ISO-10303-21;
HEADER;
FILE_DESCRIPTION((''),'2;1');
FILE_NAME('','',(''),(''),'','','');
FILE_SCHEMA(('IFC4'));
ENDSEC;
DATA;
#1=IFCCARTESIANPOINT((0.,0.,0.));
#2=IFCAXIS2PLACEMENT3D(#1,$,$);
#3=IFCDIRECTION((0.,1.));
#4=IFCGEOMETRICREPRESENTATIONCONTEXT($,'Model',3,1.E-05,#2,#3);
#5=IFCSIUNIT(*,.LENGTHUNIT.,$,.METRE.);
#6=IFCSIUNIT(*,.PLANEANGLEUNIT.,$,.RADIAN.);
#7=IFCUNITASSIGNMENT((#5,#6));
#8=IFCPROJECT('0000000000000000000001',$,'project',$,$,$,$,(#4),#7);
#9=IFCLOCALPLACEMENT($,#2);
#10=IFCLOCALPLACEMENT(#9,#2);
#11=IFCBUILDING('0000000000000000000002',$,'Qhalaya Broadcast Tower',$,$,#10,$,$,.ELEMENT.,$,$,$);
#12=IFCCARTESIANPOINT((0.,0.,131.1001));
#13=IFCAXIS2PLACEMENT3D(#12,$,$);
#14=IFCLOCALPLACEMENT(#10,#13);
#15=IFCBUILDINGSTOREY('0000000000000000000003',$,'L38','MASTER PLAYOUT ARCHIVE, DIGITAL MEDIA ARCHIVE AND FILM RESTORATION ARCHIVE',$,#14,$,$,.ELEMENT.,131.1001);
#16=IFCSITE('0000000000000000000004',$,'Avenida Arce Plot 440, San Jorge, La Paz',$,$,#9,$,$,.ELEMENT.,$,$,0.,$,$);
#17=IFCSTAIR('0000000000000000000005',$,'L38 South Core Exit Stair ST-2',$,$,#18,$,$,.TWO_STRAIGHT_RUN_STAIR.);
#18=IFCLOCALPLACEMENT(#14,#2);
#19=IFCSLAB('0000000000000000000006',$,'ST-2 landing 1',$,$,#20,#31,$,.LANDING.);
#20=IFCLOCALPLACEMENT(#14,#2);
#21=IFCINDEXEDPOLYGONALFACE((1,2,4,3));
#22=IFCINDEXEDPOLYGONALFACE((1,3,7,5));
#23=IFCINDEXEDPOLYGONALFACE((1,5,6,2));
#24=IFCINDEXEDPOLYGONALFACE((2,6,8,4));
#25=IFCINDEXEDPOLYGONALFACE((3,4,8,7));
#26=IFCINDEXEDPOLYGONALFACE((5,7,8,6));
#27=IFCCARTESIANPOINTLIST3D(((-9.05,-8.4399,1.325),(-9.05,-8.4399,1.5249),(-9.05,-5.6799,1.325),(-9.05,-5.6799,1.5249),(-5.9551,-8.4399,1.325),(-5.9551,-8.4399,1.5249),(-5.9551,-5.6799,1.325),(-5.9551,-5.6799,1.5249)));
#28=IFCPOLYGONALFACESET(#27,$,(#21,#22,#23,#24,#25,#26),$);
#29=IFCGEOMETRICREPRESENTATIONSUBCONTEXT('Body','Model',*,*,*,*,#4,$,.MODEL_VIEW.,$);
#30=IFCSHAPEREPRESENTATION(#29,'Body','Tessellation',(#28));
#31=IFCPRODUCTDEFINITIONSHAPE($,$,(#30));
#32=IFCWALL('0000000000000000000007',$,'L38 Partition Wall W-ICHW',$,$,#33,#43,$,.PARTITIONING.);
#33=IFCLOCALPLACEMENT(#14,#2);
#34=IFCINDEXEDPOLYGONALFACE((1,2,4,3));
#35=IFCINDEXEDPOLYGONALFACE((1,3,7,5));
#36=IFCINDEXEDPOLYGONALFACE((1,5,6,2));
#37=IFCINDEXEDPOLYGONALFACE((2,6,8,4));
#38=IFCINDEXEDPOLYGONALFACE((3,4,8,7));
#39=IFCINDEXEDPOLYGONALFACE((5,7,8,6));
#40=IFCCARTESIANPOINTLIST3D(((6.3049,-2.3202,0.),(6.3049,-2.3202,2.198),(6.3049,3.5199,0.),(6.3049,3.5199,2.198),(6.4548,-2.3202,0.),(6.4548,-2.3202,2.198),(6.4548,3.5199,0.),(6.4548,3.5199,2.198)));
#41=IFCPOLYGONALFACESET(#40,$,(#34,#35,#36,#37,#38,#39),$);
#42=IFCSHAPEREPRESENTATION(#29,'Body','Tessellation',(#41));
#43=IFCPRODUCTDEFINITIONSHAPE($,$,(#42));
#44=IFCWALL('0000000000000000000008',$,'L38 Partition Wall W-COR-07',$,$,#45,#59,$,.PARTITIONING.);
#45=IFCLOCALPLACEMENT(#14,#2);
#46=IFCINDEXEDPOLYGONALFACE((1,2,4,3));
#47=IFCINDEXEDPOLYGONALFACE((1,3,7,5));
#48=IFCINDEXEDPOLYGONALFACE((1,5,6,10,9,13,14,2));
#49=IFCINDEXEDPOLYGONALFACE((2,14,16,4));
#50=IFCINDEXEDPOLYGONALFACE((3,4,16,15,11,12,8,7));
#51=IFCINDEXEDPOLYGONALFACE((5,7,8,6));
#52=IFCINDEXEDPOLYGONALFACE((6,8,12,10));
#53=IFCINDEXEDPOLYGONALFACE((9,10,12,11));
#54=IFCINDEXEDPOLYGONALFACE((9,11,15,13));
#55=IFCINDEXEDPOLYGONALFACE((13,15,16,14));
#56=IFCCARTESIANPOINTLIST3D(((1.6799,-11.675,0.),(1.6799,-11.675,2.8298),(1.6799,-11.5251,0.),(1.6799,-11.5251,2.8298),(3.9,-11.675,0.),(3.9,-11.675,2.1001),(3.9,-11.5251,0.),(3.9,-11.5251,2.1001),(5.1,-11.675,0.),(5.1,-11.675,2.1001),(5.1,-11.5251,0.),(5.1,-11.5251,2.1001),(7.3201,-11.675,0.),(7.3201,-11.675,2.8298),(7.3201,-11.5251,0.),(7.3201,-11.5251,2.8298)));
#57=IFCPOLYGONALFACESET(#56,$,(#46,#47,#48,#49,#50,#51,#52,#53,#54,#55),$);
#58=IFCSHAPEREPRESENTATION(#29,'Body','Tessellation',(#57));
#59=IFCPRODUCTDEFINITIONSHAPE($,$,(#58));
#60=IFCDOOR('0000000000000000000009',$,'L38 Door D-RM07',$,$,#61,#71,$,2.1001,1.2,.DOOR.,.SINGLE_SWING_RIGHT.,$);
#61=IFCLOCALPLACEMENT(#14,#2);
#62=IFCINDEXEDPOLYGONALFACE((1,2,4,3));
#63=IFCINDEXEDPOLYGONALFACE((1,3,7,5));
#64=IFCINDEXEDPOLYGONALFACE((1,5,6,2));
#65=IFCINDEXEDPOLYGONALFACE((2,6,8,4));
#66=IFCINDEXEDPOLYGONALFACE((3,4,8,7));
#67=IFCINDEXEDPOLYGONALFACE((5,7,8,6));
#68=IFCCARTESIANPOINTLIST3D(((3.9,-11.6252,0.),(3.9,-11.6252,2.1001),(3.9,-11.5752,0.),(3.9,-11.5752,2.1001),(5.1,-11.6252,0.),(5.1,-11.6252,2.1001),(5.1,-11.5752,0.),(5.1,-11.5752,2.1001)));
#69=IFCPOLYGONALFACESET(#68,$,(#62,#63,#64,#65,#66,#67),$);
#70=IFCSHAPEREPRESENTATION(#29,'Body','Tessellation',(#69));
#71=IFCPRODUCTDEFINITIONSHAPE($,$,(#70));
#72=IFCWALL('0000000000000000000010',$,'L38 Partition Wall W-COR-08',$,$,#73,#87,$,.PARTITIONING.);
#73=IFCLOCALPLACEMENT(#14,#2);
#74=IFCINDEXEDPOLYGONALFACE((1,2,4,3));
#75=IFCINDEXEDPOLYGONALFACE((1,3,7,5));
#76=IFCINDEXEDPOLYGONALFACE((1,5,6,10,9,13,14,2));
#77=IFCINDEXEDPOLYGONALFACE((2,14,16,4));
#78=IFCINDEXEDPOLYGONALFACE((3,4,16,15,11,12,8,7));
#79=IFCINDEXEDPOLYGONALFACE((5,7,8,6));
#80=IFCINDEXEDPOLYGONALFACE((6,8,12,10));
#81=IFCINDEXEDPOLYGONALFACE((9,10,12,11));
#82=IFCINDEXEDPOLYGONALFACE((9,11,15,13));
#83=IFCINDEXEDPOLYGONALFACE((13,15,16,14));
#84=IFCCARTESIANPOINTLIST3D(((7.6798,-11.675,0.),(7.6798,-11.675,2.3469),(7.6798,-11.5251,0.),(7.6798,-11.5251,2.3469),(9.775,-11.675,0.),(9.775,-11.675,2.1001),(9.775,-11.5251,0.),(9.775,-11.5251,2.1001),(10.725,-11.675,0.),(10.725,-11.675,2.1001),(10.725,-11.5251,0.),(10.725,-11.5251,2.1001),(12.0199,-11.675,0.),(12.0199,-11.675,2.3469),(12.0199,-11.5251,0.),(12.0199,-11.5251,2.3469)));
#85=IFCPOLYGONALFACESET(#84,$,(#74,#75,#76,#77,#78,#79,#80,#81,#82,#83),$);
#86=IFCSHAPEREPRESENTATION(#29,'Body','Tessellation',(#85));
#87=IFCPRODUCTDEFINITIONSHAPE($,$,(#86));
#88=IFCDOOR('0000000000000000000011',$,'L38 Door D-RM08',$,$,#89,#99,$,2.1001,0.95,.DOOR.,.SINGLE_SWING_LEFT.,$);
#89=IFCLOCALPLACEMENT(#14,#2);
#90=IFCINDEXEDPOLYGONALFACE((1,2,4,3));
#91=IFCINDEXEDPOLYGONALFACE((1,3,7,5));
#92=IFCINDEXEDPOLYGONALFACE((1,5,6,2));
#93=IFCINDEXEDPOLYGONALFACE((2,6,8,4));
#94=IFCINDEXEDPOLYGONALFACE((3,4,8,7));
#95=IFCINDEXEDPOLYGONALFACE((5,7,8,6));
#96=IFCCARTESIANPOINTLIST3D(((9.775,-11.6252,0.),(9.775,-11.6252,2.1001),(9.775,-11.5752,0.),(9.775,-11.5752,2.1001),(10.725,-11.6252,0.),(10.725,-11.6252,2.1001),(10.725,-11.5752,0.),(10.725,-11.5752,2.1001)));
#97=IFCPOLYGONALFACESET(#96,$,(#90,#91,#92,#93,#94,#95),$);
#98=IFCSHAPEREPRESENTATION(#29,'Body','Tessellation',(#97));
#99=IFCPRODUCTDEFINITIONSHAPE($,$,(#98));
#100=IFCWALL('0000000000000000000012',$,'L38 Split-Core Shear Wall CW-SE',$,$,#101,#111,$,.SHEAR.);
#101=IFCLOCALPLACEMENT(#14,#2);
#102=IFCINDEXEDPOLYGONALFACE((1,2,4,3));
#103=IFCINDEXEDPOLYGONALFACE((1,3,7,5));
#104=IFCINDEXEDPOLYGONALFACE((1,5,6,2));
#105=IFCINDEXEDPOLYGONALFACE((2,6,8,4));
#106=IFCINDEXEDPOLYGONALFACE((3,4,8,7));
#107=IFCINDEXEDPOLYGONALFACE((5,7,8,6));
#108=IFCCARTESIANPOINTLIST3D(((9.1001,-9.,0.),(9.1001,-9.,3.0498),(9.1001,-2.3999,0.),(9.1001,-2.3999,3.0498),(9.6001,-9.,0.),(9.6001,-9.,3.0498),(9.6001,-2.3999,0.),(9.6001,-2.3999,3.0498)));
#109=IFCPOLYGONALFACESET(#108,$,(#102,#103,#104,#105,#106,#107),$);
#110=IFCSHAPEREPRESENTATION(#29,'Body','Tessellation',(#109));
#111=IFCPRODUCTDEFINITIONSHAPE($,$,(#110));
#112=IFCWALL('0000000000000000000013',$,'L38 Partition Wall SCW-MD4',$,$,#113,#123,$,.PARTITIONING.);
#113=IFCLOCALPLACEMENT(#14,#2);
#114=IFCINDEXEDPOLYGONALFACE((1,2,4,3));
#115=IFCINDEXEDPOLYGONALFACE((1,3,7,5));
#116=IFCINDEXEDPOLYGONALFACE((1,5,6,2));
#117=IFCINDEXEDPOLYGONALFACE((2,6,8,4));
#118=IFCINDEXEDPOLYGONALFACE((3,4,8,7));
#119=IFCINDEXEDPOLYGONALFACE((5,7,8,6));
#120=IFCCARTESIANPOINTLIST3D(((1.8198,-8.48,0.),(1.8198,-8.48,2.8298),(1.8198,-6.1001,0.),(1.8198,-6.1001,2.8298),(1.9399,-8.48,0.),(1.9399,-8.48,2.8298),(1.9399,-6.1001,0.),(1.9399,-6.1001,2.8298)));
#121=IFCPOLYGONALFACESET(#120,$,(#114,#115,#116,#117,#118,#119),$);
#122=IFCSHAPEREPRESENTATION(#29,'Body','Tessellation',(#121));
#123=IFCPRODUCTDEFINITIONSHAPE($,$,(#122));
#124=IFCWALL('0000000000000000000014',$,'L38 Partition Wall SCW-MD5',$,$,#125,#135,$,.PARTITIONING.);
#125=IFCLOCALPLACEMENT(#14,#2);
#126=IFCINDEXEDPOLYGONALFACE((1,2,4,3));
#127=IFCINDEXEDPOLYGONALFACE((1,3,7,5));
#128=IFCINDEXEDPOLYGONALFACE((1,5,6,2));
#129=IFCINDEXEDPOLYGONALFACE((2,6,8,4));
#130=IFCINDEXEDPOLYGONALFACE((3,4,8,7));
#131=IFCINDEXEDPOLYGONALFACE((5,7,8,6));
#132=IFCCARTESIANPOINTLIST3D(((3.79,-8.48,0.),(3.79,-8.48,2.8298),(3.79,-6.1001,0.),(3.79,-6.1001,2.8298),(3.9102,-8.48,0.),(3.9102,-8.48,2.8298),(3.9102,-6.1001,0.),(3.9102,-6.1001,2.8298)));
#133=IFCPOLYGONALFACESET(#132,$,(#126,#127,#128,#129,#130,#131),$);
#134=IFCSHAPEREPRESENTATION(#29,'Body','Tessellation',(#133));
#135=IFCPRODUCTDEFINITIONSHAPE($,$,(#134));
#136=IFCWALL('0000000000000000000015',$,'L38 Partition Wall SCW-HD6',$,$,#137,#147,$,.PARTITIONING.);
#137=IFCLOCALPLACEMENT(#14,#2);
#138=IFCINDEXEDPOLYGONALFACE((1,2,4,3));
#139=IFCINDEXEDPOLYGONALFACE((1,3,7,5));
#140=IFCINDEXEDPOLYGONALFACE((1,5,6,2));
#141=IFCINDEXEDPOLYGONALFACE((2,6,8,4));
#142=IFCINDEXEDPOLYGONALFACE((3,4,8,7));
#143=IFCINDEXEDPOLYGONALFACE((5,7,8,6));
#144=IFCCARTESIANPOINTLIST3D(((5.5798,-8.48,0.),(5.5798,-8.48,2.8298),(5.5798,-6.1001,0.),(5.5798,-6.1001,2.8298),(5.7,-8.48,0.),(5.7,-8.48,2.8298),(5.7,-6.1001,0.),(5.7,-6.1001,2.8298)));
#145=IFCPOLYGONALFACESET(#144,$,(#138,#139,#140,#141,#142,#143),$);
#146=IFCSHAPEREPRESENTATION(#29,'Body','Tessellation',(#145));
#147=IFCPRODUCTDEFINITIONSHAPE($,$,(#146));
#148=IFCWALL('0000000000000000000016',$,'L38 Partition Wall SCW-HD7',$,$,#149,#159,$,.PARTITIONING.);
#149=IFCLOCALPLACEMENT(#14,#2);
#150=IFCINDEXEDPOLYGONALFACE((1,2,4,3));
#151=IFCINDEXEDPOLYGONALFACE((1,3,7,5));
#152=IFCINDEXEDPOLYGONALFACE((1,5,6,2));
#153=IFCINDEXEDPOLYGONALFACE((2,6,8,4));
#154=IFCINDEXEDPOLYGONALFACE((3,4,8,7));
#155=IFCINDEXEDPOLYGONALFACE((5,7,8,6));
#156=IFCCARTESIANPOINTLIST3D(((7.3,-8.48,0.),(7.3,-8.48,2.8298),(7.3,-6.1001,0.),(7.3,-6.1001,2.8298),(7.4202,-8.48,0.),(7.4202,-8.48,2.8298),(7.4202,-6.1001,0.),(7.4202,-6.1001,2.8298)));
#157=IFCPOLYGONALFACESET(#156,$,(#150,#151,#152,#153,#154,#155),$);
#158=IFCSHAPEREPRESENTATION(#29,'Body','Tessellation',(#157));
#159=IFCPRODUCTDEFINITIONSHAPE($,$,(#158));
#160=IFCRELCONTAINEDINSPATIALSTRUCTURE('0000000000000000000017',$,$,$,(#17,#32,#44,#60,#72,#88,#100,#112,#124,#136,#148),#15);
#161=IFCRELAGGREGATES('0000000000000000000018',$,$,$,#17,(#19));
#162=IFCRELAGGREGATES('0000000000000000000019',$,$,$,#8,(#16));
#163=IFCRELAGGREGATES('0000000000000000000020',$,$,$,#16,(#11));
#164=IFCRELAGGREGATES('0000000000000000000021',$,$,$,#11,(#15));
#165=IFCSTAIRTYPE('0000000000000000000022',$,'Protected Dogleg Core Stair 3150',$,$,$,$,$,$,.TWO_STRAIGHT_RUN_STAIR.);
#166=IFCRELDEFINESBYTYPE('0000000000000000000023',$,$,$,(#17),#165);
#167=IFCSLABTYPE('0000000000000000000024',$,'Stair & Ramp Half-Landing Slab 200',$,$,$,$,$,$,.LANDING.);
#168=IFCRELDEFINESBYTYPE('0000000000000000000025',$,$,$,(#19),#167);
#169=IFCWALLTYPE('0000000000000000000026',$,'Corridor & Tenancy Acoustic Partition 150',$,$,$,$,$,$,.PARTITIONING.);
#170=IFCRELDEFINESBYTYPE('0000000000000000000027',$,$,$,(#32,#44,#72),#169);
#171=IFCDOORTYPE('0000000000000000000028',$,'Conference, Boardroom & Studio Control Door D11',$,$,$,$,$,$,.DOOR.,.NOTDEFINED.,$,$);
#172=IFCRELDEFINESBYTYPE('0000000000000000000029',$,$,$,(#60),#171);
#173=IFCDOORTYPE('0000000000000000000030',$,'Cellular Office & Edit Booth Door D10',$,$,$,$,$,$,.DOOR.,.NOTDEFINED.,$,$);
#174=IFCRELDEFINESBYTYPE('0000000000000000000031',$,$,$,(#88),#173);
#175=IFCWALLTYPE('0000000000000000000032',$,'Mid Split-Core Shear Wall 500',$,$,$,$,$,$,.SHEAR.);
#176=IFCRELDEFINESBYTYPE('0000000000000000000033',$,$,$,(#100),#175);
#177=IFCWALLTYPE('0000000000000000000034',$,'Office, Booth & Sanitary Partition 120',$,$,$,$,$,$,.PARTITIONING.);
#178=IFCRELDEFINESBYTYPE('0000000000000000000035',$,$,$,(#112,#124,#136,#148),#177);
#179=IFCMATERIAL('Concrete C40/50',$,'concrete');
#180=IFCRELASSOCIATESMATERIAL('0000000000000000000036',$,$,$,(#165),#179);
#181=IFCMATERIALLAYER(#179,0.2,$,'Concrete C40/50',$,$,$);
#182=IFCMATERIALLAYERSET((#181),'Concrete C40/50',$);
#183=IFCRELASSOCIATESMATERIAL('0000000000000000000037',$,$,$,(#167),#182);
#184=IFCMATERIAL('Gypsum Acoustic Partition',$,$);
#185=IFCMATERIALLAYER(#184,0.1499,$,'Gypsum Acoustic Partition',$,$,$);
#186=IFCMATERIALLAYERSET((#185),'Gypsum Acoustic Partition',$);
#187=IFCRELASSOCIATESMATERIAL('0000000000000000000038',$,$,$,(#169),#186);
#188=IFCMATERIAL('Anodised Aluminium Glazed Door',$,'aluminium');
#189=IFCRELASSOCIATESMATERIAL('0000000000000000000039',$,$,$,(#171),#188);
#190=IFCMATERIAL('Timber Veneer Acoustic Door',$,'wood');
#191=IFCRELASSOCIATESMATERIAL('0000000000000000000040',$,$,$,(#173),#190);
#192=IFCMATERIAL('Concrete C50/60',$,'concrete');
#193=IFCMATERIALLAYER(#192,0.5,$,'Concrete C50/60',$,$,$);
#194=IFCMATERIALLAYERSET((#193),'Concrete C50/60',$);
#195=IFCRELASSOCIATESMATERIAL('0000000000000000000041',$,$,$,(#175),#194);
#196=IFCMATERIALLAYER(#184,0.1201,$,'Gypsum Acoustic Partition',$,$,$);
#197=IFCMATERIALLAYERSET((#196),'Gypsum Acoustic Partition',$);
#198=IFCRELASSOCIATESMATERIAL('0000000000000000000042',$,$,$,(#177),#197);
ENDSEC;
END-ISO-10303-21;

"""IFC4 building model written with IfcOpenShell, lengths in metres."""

from ifc_helpers import new_model, si_unit, direction, frame, frame_2d, origin, place, context, subcontext, project, spatial, polyline, rectangle, outline, extrude, material, layer, layer_set, type_object, element, fill, aggregate, save


model = new_model("IFC4")

# Units and contexts
model_context = context("Model", 3, precision=1e-05, world=origin(), true_north=direction((0.0, 1.0)))
body_context = subcontext(model_context, "Body", "Model", "MODEL_VIEW")
ifc_project = project(units=[si_unit("LENGTHUNIT", "METRE"), si_unit("PLANEANGLEUNIT", "RADIAN")], contexts=[model_context])

# Site, building, storey
site_placement = place(None, origin())
site = spatial("IfcSite", under=ifc_project, at=site_placement, Name="Avenida Arce Plot 440, San Jorge, La Paz", CompositionType="ELEMENT", RefElevation=0.0)
building_placement = place(site_placement, origin())
building = spatial("IfcBuilding", under=site, at=building_placement, Name="Qhalaya Broadcast Tower", CompositionType="ELEMENT")
storey_placement = place(building_placement, frame((0.0, 0.0, 131.1001)))
storey = spatial("IfcBuildingStorey", under=building, at=storey_placement, Name="L38", Description="MASTER PLAYOUT ARCHIVE, DIGITAL MEDIA ARCHIVE AND FILM RESTORATION ARCHIVE", CompositionType="ELEMENT", Elevation=131.1001)

# Shared definitions
ifc_material_1 = material(Name="Concrete C50/60", Category="concrete")

# Stair, slab
ifc_material_2 = material(Name="Concrete C40/50", Category="concrete")
stair_type = type_object("IfcStairType", Name="Protected Dogleg Core Stair 3150", PredefinedType="TWO_STRAIGHT_RUN_STAIR", material=ifc_material_2)
ifc_layer_1 = layer(ifc_material_2, 0.2, Name="Concrete C40/50")
ifc_layer_set_1 = layer_set([ifc_layer_1], Name="Concrete C40/50")
slab_type = type_object("IfcSlabType", Name="Stair & Ramp Half-Landing Slab 200", PredefinedType="LANDING", material=ifc_layer_set_1)
stair_1_placement = place(storey_placement, origin())
stair_1 = element("IfcStair", 1, at=stair_1_placement, inside=storey, type_object=stair_type, Name="L38 South Core Exit Stair ST-2", PredefinedType="TWO_STRAIGHT_RUN_STAIR")
slab_1_placement = place(storey_placement, frame((0.0, 0.0, 1.325)))
slab_1 = element("IfcSlab", 2, at=slab_1_placement, type_object=slab_type, Name="ST-2 landing 1", PredefinedType="LANDING", context=body_context, shape_type="SweptSolid", body=[
    extrude(outline(polyline([(-5.9551, -5.6799), (-9.05, -5.6799), (-9.05, -8.4399), (-5.9551, -8.4399), (-5.9551, -5.6799)])), origin(), (0.0, 0.0, 1.0), 0.2),
])
aggregate(stair_1, [slab_1])

# Wall
ifc_material_3 = material(Name="Gypsum Acoustic Partition")
ifc_layer_2 = layer(ifc_material_3, 0.1499, Name="Gypsum Acoustic Partition")
ifc_layer_set_2 = layer_set([ifc_layer_2], Name="Gypsum Acoustic Partition")
wall_type_1 = type_object("IfcWallType", Name="Corridor & Tenancy Acoustic Partition 150", PredefinedType="PARTITIONING", material=ifc_layer_set_2)
wall_1_placement = place(storey_placement, frame((6.3799, -2.3201, 0.0), z_axis=(0.0, 0.0, 1.0), x_axis=(0.0, 1.0, 0.0)))
element("IfcWall", 3, at=wall_1_placement, inside=storey, type_object=wall_type_1, Name="L38 Partition Wall W-ICHW", PredefinedType="PARTITIONING", context=body_context, shape_type="SweptSolid", body=[
    extrude(rectangle(XDim=5.8401, YDim=0.1499, at=frame_2d((2.9199, 0.0))), origin(), (0.0, 0.0, 1.0), 2.198),
])

# Walls, openings, doors
wall_2_placement = place(storey_placement, frame((1.6799, -11.6001, 0.0), z_axis=(0.0, 0.0, 1.0), x_axis=(1.0, 0.0, 0.0)))
wall_2 = element("IfcWall", 4, at=wall_2_placement, inside=storey, type_object=wall_type_1, Name="L38 Partition Wall W-COR-07", PredefinedType="PARTITIONING", context=body_context, shape_type="SweptSolid", body=[
    extrude(rectangle(XDim=5.6401, YDim=0.1499, at=frame_2d((2.8201, 0.0))), origin(), (0.0, 0.0, 1.0), 2.8298),
])
opening_1_placement = place(wall_2_placement, frame((2.22, 0.0, 0.0)))
opening_1 = element("IfcOpeningElement", 5, at=opening_1_placement, cuts=wall_2, PredefinedType="OPENING", context=body_context, shape_type="SweptSolid", body=[
    extrude(rectangle(XDim=1.2, YDim=2.1001, at=frame_2d((0.6001, 1.05))), frame((0.0, 0.0869, 0.0), z_axis=(0.0, -1.0, 0.0), x_axis=(1.0, 0.0, 0.0)), (0.0, 0.0, 1.0), 0.1738),
])
ifc_material_4 = material(Name="Anodised Aluminium Glazed Door", Category="aluminium")
door_type_1 = type_object("IfcDoorType", Name="Conference, Boardroom & Studio Control Door D11", OperationType="NOTDEFINED", PredefinedType="DOOR", material=ifc_material_4)
door_1_placement = place(opening_1_placement, origin())
door_1 = element("IfcDoor", 6, at=door_1_placement, inside=storey, type_object=door_type_1, Name="L38 Door D-RM07", OperationType="SINGLE_SWING_RIGHT", OverallHeight=2.1001, OverallWidth=1.2, PredefinedType="DOOR", context=body_context, shape_type="SweptSolid", body=[
    extrude(rectangle(XDim=1.2, YDim=2.1001, at=frame_2d((0.6001, 1.05))), frame((0.0, 0.0249, 0.0), z_axis=(0.0, -1.0, 0.0), x_axis=(1.0, 0.0, 0.0)), (0.0, 0.0, 1.0), 0.05),
])
fill(opening_1, door_1)
wall_3_placement = place(storey_placement, frame((7.6799, -11.6001, 0.0), z_axis=(0.0, 0.0, 1.0), x_axis=(1.0, 0.0, 0.0)))
wall_3 = element("IfcWall", 7, at=wall_3_placement, inside=storey, type_object=wall_type_1, Name="L38 Partition Wall W-COR-08", PredefinedType="PARTITIONING", context=body_context, shape_type="SweptSolid", body=[
    extrude(rectangle(XDim=4.3401, YDim=0.1499, at=frame_2d((2.1699, 0.0))), origin(), (0.0, 0.0, 1.0), 2.3469),
])
opening_2_placement = place(wall_3_placement, frame((2.095, 0.0, 0.0)))
opening_2 = element("IfcOpeningElement", 8, at=opening_2_placement, cuts=wall_3, PredefinedType="OPENING", context=body_context, shape_type="SweptSolid", body=[
    extrude(rectangle(XDim=0.95, YDim=2.1001, at=frame_2d((0.4751, 1.05))), frame((0.0, 0.0869, 0.0), z_axis=(0.0, -1.0, 0.0), x_axis=(1.0, 0.0, 0.0)), (0.0, 0.0, 1.0), 0.1738),
])
ifc_material_5 = material(Name="Timber Veneer Acoustic Door", Category="wood")
door_type_2 = type_object("IfcDoorType", Name="Cellular Office & Edit Booth Door D10", OperationType="NOTDEFINED", PredefinedType="DOOR", material=ifc_material_5)
door_2_placement = place(opening_2_placement, origin())
door_2 = element("IfcDoor", 9, at=door_2_placement, inside=storey, type_object=door_type_2, Name="L38 Door D-RM08", OperationType="SINGLE_SWING_LEFT", OverallHeight=2.1001, OverallWidth=0.95, PredefinedType="DOOR", context=body_context, shape_type="SweptSolid", body=[
    extrude(rectangle(XDim=0.95, YDim=2.1001, at=frame_2d((0.4751, 1.05))), frame((0.0, 0.0249, 0.0), z_axis=(0.0, -1.0, 0.0), x_axis=(1.0, 0.0, 0.0)), (0.0, 0.0, 1.0), 0.05),
])
fill(opening_2, door_2)

# Walls
ifc_layer_3 = layer(ifc_material_1, 0.5, Name="Concrete C50/60")
ifc_layer_set_3 = layer_set([ifc_layer_3], Name="Concrete C50/60")
wall_type_2 = type_object("IfcWallType", Name="Mid Split-Core Shear Wall 500", PredefinedType="SHEAR", material=ifc_layer_set_3)
wall_4_placement = place(storey_placement, frame((9.3501, -9.0, 0.0), z_axis=(0.0, 0.0, 1.0), x_axis=(0.0, 1.0, 0.0)))
element("IfcWall", 10, at=wall_4_placement, inside=storey, type_object=wall_type_2, Name="L38 Split-Core Shear Wall CW-SE", PredefinedType="SHEAR", context=body_context, shape_type="SweptSolid", body=[
    extrude(rectangle(XDim=6.6001, YDim=0.5, at=frame_2d((3.3, 0.0))), origin(), (0.0, 0.0, 1.0), 3.0498),
])
ifc_layer_4 = layer(ifc_material_3, 0.1201, Name="Gypsum Acoustic Partition")
ifc_layer_set_4 = layer_set([ifc_layer_4], Name="Gypsum Acoustic Partition")
wall_type_3 = type_object("IfcWallType", Name="Office, Booth & Sanitary Partition 120", PredefinedType="PARTITIONING", material=ifc_layer_set_4)
for number, where, z_axis, x_axis, name in (
    (11, (1.8799, -8.48, 0.0), (0.0, 0.0, 1.0), (0.0, 1.0, 0.0), "L38 Partition Wall SCW-MD4"),
    (12, (3.8501, -8.48, 0.0), (0.0, 0.0, 1.0), (0.0, 1.0, 0.0), "L38 Partition Wall SCW-MD5"),
    (13, (5.6399, -8.48, 0.0), (0.0, 0.0, 1.0), (0.0, 1.0, 0.0), "L38 Partition Wall SCW-HD6"),
    (14, (7.3601, -8.48, 0.0), (0.0, 0.0, 1.0), (0.0, 1.0, 0.0), "L38 Partition Wall SCW-HD7"),
):
    element("IfcWall", number, at=place(storey_placement, frame(where, z_axis=z_axis, x_axis=x_axis)), inside=storey, type_object=wall_type_3, Name=name, PredefinedType="PARTITIONING", context=body_context, shape_type="SweptSolid", body=[
        extrude(rectangle(XDim=2.3799, YDim=0.1201, at=frame_2d((1.1899, 0.0))), origin(), (0.0, 0.0, 1.0), 2.8298),
    ])

save(model, "model.ifc")
